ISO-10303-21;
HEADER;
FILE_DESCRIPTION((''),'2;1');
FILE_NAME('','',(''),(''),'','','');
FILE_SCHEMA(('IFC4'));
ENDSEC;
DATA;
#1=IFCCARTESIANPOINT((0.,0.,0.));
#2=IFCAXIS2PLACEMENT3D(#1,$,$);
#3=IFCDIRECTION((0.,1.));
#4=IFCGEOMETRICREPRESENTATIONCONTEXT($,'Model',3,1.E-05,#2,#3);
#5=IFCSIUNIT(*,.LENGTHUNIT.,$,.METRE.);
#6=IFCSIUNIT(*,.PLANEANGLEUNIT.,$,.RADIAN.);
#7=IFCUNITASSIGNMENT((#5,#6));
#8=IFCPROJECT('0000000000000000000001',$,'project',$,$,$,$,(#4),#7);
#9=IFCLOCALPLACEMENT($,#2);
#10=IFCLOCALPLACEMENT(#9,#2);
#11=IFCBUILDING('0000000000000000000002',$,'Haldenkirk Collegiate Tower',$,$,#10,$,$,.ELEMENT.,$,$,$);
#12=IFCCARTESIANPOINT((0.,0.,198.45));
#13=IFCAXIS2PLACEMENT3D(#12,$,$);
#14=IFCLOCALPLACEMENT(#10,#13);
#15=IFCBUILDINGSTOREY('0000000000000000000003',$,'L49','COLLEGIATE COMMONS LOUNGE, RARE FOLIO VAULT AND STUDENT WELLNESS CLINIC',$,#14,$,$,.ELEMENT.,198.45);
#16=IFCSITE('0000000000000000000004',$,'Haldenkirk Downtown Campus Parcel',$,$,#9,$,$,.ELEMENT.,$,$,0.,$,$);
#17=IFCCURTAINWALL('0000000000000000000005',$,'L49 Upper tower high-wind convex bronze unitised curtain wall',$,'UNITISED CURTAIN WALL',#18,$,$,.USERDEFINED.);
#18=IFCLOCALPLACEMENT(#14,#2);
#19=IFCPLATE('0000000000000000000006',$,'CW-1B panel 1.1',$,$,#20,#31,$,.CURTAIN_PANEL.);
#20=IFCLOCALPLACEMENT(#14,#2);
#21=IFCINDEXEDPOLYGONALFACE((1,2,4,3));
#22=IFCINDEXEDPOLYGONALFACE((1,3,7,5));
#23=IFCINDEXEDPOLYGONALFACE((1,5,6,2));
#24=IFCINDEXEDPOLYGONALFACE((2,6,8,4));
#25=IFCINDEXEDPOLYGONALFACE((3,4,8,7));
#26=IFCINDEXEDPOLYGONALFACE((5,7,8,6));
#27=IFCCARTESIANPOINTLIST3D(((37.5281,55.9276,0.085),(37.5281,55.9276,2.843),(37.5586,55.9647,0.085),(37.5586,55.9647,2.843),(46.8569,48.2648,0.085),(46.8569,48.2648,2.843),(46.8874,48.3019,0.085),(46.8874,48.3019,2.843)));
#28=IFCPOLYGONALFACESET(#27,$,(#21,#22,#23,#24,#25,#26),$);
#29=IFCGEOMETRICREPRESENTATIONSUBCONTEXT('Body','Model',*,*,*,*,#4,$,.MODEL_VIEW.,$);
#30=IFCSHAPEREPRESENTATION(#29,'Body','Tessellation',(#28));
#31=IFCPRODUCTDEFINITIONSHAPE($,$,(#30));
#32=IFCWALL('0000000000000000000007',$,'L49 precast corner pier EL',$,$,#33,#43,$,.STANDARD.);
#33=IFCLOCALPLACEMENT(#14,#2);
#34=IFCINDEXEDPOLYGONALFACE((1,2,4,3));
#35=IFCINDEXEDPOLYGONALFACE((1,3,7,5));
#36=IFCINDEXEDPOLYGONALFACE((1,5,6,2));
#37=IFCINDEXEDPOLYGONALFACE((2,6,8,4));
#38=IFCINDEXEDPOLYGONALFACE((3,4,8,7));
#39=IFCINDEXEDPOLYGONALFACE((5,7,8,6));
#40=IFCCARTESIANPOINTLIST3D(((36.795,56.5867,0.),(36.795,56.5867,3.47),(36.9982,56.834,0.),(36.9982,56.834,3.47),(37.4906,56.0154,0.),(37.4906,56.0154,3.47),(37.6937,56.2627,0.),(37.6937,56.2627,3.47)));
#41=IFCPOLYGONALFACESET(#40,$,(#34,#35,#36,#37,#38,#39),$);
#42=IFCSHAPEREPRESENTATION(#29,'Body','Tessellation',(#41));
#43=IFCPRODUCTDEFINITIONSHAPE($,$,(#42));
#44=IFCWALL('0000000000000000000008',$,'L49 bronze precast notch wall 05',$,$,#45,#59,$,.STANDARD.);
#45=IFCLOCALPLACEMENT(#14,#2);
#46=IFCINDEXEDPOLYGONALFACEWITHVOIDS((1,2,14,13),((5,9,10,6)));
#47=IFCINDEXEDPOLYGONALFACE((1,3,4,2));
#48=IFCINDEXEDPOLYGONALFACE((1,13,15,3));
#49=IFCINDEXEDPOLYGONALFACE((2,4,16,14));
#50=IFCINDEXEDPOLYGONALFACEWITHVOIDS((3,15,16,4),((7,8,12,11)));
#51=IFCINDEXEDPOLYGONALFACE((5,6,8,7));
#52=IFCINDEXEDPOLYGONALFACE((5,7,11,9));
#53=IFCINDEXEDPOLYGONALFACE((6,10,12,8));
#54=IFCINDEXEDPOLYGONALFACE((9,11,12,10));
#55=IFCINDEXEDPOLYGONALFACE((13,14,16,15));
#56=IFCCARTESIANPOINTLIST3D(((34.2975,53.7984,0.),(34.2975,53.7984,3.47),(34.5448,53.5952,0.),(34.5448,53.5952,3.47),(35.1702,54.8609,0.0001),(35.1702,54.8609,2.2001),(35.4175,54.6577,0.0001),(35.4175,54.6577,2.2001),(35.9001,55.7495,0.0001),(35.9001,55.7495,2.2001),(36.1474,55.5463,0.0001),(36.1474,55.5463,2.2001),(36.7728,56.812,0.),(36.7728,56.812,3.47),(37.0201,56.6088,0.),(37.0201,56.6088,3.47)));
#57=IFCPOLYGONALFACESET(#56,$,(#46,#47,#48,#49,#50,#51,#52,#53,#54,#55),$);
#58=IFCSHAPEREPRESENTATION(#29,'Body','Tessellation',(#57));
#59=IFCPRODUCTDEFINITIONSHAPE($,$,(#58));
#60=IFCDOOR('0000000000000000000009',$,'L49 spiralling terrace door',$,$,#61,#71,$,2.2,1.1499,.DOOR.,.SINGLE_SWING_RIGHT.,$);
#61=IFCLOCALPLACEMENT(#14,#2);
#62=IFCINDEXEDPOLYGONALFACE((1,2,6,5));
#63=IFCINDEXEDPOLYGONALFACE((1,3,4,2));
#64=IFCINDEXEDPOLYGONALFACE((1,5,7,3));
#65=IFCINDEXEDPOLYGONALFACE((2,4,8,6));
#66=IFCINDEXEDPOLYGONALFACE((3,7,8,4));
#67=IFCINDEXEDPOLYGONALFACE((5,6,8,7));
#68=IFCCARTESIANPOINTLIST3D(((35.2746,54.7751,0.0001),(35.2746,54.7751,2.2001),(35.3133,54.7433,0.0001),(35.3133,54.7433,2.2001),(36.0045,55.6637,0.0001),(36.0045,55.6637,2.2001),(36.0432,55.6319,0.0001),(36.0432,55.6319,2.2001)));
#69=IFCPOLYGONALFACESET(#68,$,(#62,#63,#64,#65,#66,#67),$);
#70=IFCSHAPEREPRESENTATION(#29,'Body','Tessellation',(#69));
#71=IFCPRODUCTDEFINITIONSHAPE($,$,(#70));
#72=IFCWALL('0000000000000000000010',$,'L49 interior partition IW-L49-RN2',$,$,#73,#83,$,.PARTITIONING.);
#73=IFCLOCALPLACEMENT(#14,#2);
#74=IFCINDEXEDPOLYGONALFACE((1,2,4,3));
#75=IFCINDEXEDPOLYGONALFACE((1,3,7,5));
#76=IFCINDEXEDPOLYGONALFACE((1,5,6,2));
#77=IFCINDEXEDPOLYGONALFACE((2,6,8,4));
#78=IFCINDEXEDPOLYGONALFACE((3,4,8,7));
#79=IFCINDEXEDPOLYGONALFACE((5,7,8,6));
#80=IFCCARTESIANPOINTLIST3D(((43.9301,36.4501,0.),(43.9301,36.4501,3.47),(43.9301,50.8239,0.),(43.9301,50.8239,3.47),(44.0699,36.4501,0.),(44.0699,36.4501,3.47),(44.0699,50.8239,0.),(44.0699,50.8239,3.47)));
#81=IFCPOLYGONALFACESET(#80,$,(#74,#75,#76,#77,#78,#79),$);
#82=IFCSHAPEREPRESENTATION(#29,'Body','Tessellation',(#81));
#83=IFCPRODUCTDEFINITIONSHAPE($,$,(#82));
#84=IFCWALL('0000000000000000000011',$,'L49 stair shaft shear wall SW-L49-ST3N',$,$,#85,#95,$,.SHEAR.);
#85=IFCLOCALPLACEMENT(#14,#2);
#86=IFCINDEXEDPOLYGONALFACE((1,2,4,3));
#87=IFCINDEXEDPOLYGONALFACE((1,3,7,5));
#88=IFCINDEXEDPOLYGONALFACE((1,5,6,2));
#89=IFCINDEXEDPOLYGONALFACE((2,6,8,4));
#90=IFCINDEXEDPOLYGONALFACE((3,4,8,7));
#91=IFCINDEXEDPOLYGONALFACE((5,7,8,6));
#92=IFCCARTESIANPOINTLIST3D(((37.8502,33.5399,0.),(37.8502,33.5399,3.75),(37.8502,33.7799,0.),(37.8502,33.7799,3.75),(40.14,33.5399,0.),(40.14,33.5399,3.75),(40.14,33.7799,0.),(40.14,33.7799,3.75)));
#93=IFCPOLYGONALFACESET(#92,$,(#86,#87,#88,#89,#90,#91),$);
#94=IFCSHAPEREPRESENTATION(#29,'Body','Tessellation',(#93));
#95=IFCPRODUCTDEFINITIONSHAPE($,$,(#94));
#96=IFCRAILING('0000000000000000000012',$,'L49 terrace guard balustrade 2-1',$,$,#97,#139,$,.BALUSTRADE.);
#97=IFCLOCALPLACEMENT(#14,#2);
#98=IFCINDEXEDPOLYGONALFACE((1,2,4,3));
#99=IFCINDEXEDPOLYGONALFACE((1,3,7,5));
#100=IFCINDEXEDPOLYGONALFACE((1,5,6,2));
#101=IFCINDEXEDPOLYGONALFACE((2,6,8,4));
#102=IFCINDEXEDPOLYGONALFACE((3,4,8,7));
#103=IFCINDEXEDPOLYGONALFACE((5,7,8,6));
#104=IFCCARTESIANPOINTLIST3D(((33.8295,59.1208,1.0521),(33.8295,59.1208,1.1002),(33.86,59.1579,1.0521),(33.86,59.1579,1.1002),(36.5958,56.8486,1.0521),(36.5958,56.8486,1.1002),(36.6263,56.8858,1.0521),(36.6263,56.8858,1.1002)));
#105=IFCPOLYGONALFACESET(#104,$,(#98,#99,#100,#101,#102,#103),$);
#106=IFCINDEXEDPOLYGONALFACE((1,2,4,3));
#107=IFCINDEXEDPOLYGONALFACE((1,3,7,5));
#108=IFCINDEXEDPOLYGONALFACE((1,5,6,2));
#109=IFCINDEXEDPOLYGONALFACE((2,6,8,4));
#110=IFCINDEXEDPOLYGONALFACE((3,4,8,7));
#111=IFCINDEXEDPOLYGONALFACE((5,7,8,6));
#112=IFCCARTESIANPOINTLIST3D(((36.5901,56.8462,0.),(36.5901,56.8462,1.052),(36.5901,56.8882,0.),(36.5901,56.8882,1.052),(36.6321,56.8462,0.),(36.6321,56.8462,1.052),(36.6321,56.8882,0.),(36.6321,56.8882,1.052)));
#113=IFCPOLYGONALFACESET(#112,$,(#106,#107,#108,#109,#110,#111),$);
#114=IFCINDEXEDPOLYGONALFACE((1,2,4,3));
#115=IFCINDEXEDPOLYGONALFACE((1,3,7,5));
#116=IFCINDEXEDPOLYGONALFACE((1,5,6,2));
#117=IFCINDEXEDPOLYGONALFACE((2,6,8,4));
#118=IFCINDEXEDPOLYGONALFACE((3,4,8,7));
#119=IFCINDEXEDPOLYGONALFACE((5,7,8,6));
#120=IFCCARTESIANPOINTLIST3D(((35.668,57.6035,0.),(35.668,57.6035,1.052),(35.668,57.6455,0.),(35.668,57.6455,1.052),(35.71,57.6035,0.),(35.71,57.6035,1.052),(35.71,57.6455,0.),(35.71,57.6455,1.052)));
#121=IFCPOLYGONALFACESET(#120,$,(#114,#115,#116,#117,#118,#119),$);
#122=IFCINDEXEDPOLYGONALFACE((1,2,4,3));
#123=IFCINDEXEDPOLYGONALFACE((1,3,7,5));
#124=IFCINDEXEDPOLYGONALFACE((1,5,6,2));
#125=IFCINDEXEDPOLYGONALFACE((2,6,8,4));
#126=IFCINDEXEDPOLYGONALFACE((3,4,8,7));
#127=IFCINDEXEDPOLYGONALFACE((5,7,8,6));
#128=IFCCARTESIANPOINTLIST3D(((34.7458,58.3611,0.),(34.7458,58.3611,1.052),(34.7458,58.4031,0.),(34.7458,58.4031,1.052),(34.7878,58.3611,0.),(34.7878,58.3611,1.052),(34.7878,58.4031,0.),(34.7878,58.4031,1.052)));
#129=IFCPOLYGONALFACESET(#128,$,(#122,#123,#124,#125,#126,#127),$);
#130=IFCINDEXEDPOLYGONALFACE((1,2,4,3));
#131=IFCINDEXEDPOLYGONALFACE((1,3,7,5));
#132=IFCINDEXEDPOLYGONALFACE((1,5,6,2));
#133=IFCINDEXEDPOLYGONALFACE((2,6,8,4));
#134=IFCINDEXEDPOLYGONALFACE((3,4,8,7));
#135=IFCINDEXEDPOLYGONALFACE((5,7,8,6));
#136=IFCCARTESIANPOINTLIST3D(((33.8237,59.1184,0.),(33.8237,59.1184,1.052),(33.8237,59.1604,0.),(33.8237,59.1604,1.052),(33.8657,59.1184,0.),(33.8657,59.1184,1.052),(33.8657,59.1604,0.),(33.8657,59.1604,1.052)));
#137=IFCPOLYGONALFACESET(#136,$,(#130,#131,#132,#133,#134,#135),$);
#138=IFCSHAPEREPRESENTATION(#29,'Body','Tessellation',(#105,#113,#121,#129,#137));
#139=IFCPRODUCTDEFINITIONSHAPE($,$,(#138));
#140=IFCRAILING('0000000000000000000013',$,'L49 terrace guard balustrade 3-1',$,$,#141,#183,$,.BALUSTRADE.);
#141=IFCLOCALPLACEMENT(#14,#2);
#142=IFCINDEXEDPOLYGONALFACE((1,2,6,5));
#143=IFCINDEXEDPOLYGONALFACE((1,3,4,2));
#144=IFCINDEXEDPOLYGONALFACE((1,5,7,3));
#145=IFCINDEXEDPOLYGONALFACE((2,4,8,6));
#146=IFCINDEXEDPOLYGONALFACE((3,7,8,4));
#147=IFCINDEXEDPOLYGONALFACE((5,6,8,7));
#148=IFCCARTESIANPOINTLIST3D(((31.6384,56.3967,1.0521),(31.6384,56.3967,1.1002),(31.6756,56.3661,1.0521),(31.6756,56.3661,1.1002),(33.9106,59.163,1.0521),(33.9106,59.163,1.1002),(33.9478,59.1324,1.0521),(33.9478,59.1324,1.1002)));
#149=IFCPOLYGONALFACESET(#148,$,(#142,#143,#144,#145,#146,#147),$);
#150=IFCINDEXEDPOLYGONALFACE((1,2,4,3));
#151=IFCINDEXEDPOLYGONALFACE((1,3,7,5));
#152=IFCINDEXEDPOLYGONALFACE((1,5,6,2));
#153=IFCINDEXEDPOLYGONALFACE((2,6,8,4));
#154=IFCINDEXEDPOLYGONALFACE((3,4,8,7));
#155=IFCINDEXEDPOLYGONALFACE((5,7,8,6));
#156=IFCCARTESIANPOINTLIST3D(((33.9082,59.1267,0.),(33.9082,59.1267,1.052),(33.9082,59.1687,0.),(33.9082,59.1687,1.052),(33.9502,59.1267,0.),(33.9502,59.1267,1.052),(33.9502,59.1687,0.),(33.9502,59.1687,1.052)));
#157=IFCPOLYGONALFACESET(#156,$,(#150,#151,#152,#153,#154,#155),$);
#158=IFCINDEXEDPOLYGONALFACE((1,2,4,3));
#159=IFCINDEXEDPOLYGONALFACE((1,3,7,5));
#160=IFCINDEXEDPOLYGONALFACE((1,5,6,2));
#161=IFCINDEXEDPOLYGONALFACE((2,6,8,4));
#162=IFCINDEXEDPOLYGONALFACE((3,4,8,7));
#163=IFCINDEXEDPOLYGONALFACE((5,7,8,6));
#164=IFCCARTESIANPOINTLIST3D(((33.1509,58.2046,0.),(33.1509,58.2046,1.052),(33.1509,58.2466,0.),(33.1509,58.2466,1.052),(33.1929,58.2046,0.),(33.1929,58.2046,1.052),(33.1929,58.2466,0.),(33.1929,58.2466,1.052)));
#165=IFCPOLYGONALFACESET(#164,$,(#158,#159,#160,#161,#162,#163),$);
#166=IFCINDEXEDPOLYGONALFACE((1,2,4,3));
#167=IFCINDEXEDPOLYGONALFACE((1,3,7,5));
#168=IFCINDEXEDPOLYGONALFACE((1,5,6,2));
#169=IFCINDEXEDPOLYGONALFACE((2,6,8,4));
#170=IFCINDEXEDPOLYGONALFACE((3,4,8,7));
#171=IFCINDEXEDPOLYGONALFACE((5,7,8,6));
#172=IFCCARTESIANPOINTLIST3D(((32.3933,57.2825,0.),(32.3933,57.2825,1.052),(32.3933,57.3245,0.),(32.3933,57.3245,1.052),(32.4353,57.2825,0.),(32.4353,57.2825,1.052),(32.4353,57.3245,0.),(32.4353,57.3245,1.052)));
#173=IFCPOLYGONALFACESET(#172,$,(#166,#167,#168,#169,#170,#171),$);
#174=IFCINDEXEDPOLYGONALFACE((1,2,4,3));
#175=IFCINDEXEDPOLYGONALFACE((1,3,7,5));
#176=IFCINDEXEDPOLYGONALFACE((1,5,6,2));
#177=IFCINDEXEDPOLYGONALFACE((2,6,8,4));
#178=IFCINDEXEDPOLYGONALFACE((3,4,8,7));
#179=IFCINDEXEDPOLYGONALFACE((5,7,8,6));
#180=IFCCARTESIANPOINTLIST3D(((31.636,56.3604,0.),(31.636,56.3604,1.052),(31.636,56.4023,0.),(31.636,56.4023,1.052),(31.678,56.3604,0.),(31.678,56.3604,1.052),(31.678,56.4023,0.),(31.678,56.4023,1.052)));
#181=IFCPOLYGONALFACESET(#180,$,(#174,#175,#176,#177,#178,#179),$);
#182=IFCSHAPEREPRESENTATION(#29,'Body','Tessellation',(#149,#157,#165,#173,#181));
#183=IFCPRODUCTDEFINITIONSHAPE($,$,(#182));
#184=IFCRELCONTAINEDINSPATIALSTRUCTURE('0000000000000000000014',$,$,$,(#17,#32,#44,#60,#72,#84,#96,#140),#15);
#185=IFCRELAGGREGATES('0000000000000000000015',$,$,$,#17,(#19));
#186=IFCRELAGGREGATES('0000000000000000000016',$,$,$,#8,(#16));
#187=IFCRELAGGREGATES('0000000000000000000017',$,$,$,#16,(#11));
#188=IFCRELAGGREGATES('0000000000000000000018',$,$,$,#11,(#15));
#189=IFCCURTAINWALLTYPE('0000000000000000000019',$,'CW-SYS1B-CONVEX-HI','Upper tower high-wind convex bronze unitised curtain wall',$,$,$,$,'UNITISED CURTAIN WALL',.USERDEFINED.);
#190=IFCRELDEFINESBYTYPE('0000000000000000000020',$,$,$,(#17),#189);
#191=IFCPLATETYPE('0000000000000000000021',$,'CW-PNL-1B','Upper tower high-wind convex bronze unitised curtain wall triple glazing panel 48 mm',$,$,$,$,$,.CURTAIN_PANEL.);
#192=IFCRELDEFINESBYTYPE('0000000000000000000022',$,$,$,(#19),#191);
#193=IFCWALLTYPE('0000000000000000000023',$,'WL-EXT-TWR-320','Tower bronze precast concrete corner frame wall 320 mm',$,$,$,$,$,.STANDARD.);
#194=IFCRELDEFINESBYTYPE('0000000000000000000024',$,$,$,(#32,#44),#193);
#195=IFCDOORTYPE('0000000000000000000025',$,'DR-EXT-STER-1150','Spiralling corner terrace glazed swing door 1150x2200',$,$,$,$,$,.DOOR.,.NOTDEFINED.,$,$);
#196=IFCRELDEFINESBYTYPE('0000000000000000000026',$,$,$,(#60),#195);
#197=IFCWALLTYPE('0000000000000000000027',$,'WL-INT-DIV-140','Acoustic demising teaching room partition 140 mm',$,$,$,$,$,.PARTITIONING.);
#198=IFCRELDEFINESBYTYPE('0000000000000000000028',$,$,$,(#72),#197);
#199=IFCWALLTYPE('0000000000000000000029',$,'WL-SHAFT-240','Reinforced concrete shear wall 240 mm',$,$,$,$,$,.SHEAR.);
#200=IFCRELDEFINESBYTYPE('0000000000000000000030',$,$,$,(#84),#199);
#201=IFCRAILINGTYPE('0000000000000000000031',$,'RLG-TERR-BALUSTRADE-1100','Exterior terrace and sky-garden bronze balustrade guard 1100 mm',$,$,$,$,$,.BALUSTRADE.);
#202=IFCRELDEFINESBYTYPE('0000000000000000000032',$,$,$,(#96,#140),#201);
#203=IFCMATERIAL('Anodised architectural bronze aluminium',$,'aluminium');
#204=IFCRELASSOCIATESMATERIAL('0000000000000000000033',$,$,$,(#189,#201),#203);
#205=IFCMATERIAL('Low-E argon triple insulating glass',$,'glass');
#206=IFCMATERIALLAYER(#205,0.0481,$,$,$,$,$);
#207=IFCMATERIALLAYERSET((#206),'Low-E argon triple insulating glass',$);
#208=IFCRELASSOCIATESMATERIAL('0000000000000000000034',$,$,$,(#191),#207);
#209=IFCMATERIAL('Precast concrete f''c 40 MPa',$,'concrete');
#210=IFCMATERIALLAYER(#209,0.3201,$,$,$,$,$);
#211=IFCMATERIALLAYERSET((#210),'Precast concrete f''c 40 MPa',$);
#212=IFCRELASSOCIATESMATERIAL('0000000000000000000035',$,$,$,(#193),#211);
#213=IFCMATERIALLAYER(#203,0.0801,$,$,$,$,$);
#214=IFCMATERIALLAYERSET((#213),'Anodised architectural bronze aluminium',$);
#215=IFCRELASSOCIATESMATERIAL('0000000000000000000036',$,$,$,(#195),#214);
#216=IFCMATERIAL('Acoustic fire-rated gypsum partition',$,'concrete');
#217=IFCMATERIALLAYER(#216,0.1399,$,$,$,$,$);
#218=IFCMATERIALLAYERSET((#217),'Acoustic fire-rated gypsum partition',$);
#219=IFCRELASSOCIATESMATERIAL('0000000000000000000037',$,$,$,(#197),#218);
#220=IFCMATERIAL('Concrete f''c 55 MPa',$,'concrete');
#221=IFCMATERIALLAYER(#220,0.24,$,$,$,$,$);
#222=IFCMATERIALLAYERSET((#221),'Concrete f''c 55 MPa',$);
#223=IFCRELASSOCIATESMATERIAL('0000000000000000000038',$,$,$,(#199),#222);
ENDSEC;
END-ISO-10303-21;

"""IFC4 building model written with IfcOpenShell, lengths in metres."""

from ifc_helpers import new_model, si_unit, direction, frame, frame_2d, origin, origin_2d, place, context, subcontext, project, spatial, rectangle, extrude, source, transform, mapped, material, layer, layer_set, type_object, element, fill, aggregate, save


model = new_model("IFC4")

# Units and contexts
model_context = context("Model", 3, precision=1e-05, world=origin(), true_north=direction((0.0, 1.0)))
body_context = subcontext(model_context, "Body", "Model", "MODEL_VIEW")
ifc_project = project(units=[si_unit("LENGTHUNIT", "METRE"), si_unit("PLANEANGLEUNIT", "RADIAN")], contexts=[model_context])

# Site, building, storey
site_placement = place(None, origin())
site = spatial("IfcSite", under=ifc_project, at=site_placement, Name="Haldenkirk Downtown Campus Parcel", CompositionType="ELEMENT", RefElevation=0.0)
building_placement = place(site_placement, origin())
building = spatial("IfcBuilding", under=site, at=building_placement, Name="Haldenkirk Collegiate Tower", CompositionType="ELEMENT")
storey_placement = place(building_placement, frame((0.0, 0.0, 198.45)))
storey = spatial("IfcBuildingStorey", under=building, at=storey_placement, Name="L49", Description="COLLEGIATE COMMONS LOUNGE, RARE FOLIO VAULT AND STUDENT WELLNESS CLINIC", CompositionType="ELEMENT", Elevation=198.45)

# Curtain wall, plate
ifc_material_1 = material(Name="Anodised architectural bronze aluminium", Category="aluminium")
curtain_wall_type = type_object("IfcCurtainWallType", Name="CW-SYS1B-CONVEX-HI", Description="Upper tower high-wind convex bronze unitised curtain wall", ElementType="UNITISED CURTAIN WALL", PredefinedType="USERDEFINED", material=ifc_material_1)
curtain_wall_placement = place(storey_placement, origin())
curtain_wall = element("IfcCurtainWall", 1, at=curtain_wall_placement, inside=storey, type_object=curtain_wall_type, Name="L49 Upper tower high-wind convex bronze unitised curtain wall", ObjectType="UNITISED CURTAIN WALL", PredefinedType="USERDEFINED")
ifc_material_2 = material(Name="Low-E argon triple insulating glass", Category="glass")
ifc_layer_1 = layer(ifc_material_2, 0.0481)
ifc_layer_set_1 = layer_set([ifc_layer_1], Name="Low-E argon triple insulating glass")
plate_type = type_object("IfcPlateType", Name="CW-PNL-1B", Description="Upper tower high-wind convex bronze unitised curtain wall triple glazing panel 48 mm", PredefinedType="CURTAIN_PANEL", material=ifc_layer_set_1)
shared_shape_1 = source(origin(), body_context, "Body", "SweptSolid", [
    extrude(rectangle(XDim=12.0725, YDim=0.0481, at=origin_2d()), origin(), (0.0, 0.0, 1.0), 2.7581),
])
plate_placement = place(storey_placement, frame((42.2078, 52.1147, 0.085), z_axis=(0.0, 0.0, 1.0), x_axis=(0.772732, -0.634732, 0.0)))
plate = element("IfcPlate", 2, at=plate_placement, type_object=plate_type, Name="CW-1B panel 1.1", PredefinedType="CURTAIN_PANEL", context=body_context, shape_type="MappedRepresentation", body=[
    mapped(shared_shape_1, transform((0.0, 0.0, 0.0), x_axis=(1.0, 0.0, 0.0), y_axis=(0.0, 1.0, 0.0), z_axis=(0.0, 0.0, 1.0), scale=1.0)),
])
aggregate(curtain_wall, [plate])

# Wall
ifc_material_3 = material(Name="Precast concrete f'c 40 MPa", Category="concrete")
ifc_layer_2 = layer(ifc_material_3, 0.3201)
ifc_layer_set_2 = layer_set([ifc_layer_2], Name="Precast concrete f'c 40 MPa")
wall_type_1 = type_object("IfcWallType", Name="WL-EXT-TWR-320", Description="Tower bronze precast concrete corner frame wall 320 mm", PredefinedType="STANDARD", material=ifc_layer_set_2)
wall_1_placement = place(storey_placement, frame((36.8965, 56.7104, 0.0), z_axis=(0.0, 0.0, 1.0), x_axis=(0.77276, -0.634699, 0.0)))
element("IfcWall", 3, at=wall_1_placement, inside=storey, type_object=wall_type_1, Name="L49 precast corner pier EL", PredefinedType="STANDARD", context=body_context, shape_type="SweptSolid", body=[
    extrude(rectangle(XDim=0.9001, YDim=0.3201, at=frame_2d((0.4502, 0.0))), origin(), (0.0, 0.0, 1.0), 3.47),
])

# Wall, opening, door
wall_2_placement = place(storey_placement, frame((34.4211, 53.6968, 0.0), z_axis=(0.0, 0.0, 1.0), x_axis=(0.634713, 0.772748, 0.0)))
wall_2 = element("IfcWall", 4, at=wall_2_placement, inside=storey, type_object=wall_type_1, Name="L49 bronze precast notch wall 05", PredefinedType="STANDARD", context=body_context, shape_type="SweptSolid", body=[
    extrude(rectangle(XDim=3.8999, YDim=0.3201, at=frame_2d((1.95, 0.0))), origin(), (0.0, 0.0, 1.0), 3.47),
])
opening_placement = place(wall_2_placement, frame((1.375, 0.0, 0.0)))
opening = element("IfcOpeningElement", 5, at=opening_placement, cuts=wall_2, PredefinedType="OPENING", context=body_context, shape_type="SweptSolid", body=[
    extrude(rectangle(XDim=1.1499, YDim=2.2, at=frame_2d((0.575, 1.1001))), frame((0.0, 0.1699, 0.0), z_axis=(0.0, -1.0, 0.0), x_axis=(1.0, 0.0, 0.0)), (0.0, 0.0, 1.0), 0.3401),
])
ifc_layer_3 = layer(ifc_material_1, 0.0801)
ifc_layer_set_3 = layer_set([ifc_layer_3], Name="Anodised architectural bronze aluminium")
door_type = type_object("IfcDoorType", Name="DR-EXT-STER-1150", Description="Spiralling corner terrace glazed swing door 1150x2200", OperationType="NOTDEFINED", PredefinedType="DOOR", material=ifc_layer_set_3)
door_placement = place(opening_placement, origin())
door = element("IfcDoor", 6, at=door_placement, inside=storey, type_object=door_type, Name="L49 spiralling terrace door", OperationType="SINGLE_SWING_RIGHT", OverallHeight=2.2, OverallWidth=1.1499, PredefinedType="DOOR", context=body_context, shape_type="SweptSolid", body=[
    extrude(rectangle(XDim=1.1499, YDim=2.2, at=frame_2d((0.575, 1.1001))), frame((0.0, 0.0249, 0.0), z_axis=(0.0, -1.0, 0.0), x_axis=(1.0, 0.0, 0.0)), (0.0, 0.0, 1.0), 0.05),
])
fill(opening, door)

# Walls
ifc_material_4 = material(Name="Acoustic fire-rated gypsum partition", Category="concrete")
ifc_layer_4 = layer(ifc_material_4, 0.1399)
ifc_layer_set_4 = layer_set([ifc_layer_4], Name="Acoustic fire-rated gypsum partition")
wall_type_2 = type_object("IfcWallType", Name="WL-INT-DIV-140", Description="Acoustic demising teaching room partition 140 mm", PredefinedType="PARTITIONING", material=ifc_layer_set_4)
wall_3_placement = place(storey_placement, frame((44.0, 36.45, 0.0), z_axis=(0.0, 0.0, 1.0), x_axis=(0.0, 1.0, 0.0)))
element("IfcWall", 7, at=wall_3_placement, inside=storey, type_object=wall_type_2, Name="L49 interior partition IW-L49-RN2", PredefinedType="PARTITIONING", context=body_context, shape_type="SweptSolid", body=[
    extrude(rectangle(XDim=14.3738, YDim=0.1399, at=frame_2d((7.187, 0.0))), origin(), (0.0, 0.0, 1.0), 3.47),
])
ifc_material_5 = material(Name="Concrete f'c 55 MPa", Category="concrete")
ifc_layer_5 = layer(ifc_material_5, 0.24)
ifc_layer_set_5 = layer_set([ifc_layer_5], Name="Concrete f'c 55 MPa")
wall_type_3 = type_object("IfcWallType", Name="WL-SHAFT-240", Description="Reinforced concrete shear wall 240 mm", PredefinedType="SHEAR", material=ifc_layer_set_5)
wall_4_placement = place(storey_placement, frame((37.8501, 33.6599, 0.0), z_axis=(0.0, 0.0, 1.0), x_axis=(1.0, 0.0, 0.0)))
element("IfcWall", 8, at=wall_4_placement, inside=storey, type_object=wall_type_3, Name="L49 stair shaft shear wall SW-L49-ST3N", PredefinedType="SHEAR", context=body_context, shape_type="SweptSolid", body=[
    extrude(rectangle(XDim=2.2898, YDim=0.24, at=frame_2d((1.145, 0.0))), origin(), (0.0, 0.0, 1.0), 3.75),
])

# Railings
railing_type = type_object("IfcRailingType", Name="RLG-TERR-BALUSTRADE-1100", Description="Exterior terrace and sky-garden bronze balustrade guard 1100 mm", PredefinedType="BALUSTRADE", material=ifc_material_1)
railing_1_placement = place(storey_placement, frame((36.6111, 56.8672, 0.0)))
element("IfcRailing", 9, at=railing_1_placement, inside=storey, type_object=railing_type, Name="L49 terrace guard balustrade 2-1", PredefinedType="BALUSTRADE", context=body_context, shape_type="SweptSolid", body=[
    extrude(rectangle(XDim=0.0481, YDim=0.0481, at=origin_2d()), frame((0.0, 0.0, 1.0762), z_axis=(-0.772747, 0.634715, 0.0), x_axis=(-0.634715, -0.772747, 0.0)), (0.0, 0.0, 1.0), 3.5798),
    extrude(rectangle(XDim=0.042, YDim=0.042, at=origin_2d()), origin(), (0.0, 0.0, 1.0), 1.052),
    extrude(rectangle(XDim=0.042, YDim=0.042, at=origin_2d()), frame((-0.9221, 0.7573, 0.0)), (0.0, 0.0, 1.0), 1.052),
    extrude(rectangle(XDim=0.042, YDim=0.042, at=origin_2d()), frame((-1.8442, 1.5149, 0.0)), (0.0, 0.0, 1.0), 1.052),
    extrude(rectangle(XDim=0.042, YDim=0.042, at=origin_2d()), frame((-2.7664, 2.2722, 0.0)), (0.0, 0.0, 1.0), 1.052),
])
railing_2_placement = place(storey_placement, frame((33.9292, 59.1477, 0.0)))
element("IfcRailing", 10, at=railing_2_placement, inside=storey, type_object=railing_type, Name="L49 terrace guard balustrade 3-1", PredefinedType="BALUSTRADE", context=body_context, shape_type="SweptSolid", body=[
    extrude(rectangle(XDim=0.0481, YDim=0.0481, at=origin_2d()), frame((0.0, 0.0, 1.0762), z_axis=(-0.634715, -0.772747, 0.0), x_axis=(0.772747, -0.634715, 0.0)), (0.0, 0.0, 1.0), 3.5798),
    extrude(rectangle(XDim=0.042, YDim=0.042, at=origin_2d()), origin(), (0.0, 0.0, 1.0), 1.052),
    extrude(rectangle(XDim=0.042, YDim=0.042, at=origin_2d()), frame((-0.7573, -0.9221, 0.0)), (0.0, 0.0, 1.0), 1.052),
    extrude(rectangle(XDim=0.042, YDim=0.042, at=origin_2d()), frame((-1.5149, -1.8442, 0.0)), (0.0, 0.0, 1.0), 1.052),
    extrude(rectangle(XDim=0.042, YDim=0.042, at=origin_2d()), frame((-2.2722, -2.7664, 0.0)), (0.0, 0.0, 1.0), 1.052),
])

save(model, "model.ifc")
